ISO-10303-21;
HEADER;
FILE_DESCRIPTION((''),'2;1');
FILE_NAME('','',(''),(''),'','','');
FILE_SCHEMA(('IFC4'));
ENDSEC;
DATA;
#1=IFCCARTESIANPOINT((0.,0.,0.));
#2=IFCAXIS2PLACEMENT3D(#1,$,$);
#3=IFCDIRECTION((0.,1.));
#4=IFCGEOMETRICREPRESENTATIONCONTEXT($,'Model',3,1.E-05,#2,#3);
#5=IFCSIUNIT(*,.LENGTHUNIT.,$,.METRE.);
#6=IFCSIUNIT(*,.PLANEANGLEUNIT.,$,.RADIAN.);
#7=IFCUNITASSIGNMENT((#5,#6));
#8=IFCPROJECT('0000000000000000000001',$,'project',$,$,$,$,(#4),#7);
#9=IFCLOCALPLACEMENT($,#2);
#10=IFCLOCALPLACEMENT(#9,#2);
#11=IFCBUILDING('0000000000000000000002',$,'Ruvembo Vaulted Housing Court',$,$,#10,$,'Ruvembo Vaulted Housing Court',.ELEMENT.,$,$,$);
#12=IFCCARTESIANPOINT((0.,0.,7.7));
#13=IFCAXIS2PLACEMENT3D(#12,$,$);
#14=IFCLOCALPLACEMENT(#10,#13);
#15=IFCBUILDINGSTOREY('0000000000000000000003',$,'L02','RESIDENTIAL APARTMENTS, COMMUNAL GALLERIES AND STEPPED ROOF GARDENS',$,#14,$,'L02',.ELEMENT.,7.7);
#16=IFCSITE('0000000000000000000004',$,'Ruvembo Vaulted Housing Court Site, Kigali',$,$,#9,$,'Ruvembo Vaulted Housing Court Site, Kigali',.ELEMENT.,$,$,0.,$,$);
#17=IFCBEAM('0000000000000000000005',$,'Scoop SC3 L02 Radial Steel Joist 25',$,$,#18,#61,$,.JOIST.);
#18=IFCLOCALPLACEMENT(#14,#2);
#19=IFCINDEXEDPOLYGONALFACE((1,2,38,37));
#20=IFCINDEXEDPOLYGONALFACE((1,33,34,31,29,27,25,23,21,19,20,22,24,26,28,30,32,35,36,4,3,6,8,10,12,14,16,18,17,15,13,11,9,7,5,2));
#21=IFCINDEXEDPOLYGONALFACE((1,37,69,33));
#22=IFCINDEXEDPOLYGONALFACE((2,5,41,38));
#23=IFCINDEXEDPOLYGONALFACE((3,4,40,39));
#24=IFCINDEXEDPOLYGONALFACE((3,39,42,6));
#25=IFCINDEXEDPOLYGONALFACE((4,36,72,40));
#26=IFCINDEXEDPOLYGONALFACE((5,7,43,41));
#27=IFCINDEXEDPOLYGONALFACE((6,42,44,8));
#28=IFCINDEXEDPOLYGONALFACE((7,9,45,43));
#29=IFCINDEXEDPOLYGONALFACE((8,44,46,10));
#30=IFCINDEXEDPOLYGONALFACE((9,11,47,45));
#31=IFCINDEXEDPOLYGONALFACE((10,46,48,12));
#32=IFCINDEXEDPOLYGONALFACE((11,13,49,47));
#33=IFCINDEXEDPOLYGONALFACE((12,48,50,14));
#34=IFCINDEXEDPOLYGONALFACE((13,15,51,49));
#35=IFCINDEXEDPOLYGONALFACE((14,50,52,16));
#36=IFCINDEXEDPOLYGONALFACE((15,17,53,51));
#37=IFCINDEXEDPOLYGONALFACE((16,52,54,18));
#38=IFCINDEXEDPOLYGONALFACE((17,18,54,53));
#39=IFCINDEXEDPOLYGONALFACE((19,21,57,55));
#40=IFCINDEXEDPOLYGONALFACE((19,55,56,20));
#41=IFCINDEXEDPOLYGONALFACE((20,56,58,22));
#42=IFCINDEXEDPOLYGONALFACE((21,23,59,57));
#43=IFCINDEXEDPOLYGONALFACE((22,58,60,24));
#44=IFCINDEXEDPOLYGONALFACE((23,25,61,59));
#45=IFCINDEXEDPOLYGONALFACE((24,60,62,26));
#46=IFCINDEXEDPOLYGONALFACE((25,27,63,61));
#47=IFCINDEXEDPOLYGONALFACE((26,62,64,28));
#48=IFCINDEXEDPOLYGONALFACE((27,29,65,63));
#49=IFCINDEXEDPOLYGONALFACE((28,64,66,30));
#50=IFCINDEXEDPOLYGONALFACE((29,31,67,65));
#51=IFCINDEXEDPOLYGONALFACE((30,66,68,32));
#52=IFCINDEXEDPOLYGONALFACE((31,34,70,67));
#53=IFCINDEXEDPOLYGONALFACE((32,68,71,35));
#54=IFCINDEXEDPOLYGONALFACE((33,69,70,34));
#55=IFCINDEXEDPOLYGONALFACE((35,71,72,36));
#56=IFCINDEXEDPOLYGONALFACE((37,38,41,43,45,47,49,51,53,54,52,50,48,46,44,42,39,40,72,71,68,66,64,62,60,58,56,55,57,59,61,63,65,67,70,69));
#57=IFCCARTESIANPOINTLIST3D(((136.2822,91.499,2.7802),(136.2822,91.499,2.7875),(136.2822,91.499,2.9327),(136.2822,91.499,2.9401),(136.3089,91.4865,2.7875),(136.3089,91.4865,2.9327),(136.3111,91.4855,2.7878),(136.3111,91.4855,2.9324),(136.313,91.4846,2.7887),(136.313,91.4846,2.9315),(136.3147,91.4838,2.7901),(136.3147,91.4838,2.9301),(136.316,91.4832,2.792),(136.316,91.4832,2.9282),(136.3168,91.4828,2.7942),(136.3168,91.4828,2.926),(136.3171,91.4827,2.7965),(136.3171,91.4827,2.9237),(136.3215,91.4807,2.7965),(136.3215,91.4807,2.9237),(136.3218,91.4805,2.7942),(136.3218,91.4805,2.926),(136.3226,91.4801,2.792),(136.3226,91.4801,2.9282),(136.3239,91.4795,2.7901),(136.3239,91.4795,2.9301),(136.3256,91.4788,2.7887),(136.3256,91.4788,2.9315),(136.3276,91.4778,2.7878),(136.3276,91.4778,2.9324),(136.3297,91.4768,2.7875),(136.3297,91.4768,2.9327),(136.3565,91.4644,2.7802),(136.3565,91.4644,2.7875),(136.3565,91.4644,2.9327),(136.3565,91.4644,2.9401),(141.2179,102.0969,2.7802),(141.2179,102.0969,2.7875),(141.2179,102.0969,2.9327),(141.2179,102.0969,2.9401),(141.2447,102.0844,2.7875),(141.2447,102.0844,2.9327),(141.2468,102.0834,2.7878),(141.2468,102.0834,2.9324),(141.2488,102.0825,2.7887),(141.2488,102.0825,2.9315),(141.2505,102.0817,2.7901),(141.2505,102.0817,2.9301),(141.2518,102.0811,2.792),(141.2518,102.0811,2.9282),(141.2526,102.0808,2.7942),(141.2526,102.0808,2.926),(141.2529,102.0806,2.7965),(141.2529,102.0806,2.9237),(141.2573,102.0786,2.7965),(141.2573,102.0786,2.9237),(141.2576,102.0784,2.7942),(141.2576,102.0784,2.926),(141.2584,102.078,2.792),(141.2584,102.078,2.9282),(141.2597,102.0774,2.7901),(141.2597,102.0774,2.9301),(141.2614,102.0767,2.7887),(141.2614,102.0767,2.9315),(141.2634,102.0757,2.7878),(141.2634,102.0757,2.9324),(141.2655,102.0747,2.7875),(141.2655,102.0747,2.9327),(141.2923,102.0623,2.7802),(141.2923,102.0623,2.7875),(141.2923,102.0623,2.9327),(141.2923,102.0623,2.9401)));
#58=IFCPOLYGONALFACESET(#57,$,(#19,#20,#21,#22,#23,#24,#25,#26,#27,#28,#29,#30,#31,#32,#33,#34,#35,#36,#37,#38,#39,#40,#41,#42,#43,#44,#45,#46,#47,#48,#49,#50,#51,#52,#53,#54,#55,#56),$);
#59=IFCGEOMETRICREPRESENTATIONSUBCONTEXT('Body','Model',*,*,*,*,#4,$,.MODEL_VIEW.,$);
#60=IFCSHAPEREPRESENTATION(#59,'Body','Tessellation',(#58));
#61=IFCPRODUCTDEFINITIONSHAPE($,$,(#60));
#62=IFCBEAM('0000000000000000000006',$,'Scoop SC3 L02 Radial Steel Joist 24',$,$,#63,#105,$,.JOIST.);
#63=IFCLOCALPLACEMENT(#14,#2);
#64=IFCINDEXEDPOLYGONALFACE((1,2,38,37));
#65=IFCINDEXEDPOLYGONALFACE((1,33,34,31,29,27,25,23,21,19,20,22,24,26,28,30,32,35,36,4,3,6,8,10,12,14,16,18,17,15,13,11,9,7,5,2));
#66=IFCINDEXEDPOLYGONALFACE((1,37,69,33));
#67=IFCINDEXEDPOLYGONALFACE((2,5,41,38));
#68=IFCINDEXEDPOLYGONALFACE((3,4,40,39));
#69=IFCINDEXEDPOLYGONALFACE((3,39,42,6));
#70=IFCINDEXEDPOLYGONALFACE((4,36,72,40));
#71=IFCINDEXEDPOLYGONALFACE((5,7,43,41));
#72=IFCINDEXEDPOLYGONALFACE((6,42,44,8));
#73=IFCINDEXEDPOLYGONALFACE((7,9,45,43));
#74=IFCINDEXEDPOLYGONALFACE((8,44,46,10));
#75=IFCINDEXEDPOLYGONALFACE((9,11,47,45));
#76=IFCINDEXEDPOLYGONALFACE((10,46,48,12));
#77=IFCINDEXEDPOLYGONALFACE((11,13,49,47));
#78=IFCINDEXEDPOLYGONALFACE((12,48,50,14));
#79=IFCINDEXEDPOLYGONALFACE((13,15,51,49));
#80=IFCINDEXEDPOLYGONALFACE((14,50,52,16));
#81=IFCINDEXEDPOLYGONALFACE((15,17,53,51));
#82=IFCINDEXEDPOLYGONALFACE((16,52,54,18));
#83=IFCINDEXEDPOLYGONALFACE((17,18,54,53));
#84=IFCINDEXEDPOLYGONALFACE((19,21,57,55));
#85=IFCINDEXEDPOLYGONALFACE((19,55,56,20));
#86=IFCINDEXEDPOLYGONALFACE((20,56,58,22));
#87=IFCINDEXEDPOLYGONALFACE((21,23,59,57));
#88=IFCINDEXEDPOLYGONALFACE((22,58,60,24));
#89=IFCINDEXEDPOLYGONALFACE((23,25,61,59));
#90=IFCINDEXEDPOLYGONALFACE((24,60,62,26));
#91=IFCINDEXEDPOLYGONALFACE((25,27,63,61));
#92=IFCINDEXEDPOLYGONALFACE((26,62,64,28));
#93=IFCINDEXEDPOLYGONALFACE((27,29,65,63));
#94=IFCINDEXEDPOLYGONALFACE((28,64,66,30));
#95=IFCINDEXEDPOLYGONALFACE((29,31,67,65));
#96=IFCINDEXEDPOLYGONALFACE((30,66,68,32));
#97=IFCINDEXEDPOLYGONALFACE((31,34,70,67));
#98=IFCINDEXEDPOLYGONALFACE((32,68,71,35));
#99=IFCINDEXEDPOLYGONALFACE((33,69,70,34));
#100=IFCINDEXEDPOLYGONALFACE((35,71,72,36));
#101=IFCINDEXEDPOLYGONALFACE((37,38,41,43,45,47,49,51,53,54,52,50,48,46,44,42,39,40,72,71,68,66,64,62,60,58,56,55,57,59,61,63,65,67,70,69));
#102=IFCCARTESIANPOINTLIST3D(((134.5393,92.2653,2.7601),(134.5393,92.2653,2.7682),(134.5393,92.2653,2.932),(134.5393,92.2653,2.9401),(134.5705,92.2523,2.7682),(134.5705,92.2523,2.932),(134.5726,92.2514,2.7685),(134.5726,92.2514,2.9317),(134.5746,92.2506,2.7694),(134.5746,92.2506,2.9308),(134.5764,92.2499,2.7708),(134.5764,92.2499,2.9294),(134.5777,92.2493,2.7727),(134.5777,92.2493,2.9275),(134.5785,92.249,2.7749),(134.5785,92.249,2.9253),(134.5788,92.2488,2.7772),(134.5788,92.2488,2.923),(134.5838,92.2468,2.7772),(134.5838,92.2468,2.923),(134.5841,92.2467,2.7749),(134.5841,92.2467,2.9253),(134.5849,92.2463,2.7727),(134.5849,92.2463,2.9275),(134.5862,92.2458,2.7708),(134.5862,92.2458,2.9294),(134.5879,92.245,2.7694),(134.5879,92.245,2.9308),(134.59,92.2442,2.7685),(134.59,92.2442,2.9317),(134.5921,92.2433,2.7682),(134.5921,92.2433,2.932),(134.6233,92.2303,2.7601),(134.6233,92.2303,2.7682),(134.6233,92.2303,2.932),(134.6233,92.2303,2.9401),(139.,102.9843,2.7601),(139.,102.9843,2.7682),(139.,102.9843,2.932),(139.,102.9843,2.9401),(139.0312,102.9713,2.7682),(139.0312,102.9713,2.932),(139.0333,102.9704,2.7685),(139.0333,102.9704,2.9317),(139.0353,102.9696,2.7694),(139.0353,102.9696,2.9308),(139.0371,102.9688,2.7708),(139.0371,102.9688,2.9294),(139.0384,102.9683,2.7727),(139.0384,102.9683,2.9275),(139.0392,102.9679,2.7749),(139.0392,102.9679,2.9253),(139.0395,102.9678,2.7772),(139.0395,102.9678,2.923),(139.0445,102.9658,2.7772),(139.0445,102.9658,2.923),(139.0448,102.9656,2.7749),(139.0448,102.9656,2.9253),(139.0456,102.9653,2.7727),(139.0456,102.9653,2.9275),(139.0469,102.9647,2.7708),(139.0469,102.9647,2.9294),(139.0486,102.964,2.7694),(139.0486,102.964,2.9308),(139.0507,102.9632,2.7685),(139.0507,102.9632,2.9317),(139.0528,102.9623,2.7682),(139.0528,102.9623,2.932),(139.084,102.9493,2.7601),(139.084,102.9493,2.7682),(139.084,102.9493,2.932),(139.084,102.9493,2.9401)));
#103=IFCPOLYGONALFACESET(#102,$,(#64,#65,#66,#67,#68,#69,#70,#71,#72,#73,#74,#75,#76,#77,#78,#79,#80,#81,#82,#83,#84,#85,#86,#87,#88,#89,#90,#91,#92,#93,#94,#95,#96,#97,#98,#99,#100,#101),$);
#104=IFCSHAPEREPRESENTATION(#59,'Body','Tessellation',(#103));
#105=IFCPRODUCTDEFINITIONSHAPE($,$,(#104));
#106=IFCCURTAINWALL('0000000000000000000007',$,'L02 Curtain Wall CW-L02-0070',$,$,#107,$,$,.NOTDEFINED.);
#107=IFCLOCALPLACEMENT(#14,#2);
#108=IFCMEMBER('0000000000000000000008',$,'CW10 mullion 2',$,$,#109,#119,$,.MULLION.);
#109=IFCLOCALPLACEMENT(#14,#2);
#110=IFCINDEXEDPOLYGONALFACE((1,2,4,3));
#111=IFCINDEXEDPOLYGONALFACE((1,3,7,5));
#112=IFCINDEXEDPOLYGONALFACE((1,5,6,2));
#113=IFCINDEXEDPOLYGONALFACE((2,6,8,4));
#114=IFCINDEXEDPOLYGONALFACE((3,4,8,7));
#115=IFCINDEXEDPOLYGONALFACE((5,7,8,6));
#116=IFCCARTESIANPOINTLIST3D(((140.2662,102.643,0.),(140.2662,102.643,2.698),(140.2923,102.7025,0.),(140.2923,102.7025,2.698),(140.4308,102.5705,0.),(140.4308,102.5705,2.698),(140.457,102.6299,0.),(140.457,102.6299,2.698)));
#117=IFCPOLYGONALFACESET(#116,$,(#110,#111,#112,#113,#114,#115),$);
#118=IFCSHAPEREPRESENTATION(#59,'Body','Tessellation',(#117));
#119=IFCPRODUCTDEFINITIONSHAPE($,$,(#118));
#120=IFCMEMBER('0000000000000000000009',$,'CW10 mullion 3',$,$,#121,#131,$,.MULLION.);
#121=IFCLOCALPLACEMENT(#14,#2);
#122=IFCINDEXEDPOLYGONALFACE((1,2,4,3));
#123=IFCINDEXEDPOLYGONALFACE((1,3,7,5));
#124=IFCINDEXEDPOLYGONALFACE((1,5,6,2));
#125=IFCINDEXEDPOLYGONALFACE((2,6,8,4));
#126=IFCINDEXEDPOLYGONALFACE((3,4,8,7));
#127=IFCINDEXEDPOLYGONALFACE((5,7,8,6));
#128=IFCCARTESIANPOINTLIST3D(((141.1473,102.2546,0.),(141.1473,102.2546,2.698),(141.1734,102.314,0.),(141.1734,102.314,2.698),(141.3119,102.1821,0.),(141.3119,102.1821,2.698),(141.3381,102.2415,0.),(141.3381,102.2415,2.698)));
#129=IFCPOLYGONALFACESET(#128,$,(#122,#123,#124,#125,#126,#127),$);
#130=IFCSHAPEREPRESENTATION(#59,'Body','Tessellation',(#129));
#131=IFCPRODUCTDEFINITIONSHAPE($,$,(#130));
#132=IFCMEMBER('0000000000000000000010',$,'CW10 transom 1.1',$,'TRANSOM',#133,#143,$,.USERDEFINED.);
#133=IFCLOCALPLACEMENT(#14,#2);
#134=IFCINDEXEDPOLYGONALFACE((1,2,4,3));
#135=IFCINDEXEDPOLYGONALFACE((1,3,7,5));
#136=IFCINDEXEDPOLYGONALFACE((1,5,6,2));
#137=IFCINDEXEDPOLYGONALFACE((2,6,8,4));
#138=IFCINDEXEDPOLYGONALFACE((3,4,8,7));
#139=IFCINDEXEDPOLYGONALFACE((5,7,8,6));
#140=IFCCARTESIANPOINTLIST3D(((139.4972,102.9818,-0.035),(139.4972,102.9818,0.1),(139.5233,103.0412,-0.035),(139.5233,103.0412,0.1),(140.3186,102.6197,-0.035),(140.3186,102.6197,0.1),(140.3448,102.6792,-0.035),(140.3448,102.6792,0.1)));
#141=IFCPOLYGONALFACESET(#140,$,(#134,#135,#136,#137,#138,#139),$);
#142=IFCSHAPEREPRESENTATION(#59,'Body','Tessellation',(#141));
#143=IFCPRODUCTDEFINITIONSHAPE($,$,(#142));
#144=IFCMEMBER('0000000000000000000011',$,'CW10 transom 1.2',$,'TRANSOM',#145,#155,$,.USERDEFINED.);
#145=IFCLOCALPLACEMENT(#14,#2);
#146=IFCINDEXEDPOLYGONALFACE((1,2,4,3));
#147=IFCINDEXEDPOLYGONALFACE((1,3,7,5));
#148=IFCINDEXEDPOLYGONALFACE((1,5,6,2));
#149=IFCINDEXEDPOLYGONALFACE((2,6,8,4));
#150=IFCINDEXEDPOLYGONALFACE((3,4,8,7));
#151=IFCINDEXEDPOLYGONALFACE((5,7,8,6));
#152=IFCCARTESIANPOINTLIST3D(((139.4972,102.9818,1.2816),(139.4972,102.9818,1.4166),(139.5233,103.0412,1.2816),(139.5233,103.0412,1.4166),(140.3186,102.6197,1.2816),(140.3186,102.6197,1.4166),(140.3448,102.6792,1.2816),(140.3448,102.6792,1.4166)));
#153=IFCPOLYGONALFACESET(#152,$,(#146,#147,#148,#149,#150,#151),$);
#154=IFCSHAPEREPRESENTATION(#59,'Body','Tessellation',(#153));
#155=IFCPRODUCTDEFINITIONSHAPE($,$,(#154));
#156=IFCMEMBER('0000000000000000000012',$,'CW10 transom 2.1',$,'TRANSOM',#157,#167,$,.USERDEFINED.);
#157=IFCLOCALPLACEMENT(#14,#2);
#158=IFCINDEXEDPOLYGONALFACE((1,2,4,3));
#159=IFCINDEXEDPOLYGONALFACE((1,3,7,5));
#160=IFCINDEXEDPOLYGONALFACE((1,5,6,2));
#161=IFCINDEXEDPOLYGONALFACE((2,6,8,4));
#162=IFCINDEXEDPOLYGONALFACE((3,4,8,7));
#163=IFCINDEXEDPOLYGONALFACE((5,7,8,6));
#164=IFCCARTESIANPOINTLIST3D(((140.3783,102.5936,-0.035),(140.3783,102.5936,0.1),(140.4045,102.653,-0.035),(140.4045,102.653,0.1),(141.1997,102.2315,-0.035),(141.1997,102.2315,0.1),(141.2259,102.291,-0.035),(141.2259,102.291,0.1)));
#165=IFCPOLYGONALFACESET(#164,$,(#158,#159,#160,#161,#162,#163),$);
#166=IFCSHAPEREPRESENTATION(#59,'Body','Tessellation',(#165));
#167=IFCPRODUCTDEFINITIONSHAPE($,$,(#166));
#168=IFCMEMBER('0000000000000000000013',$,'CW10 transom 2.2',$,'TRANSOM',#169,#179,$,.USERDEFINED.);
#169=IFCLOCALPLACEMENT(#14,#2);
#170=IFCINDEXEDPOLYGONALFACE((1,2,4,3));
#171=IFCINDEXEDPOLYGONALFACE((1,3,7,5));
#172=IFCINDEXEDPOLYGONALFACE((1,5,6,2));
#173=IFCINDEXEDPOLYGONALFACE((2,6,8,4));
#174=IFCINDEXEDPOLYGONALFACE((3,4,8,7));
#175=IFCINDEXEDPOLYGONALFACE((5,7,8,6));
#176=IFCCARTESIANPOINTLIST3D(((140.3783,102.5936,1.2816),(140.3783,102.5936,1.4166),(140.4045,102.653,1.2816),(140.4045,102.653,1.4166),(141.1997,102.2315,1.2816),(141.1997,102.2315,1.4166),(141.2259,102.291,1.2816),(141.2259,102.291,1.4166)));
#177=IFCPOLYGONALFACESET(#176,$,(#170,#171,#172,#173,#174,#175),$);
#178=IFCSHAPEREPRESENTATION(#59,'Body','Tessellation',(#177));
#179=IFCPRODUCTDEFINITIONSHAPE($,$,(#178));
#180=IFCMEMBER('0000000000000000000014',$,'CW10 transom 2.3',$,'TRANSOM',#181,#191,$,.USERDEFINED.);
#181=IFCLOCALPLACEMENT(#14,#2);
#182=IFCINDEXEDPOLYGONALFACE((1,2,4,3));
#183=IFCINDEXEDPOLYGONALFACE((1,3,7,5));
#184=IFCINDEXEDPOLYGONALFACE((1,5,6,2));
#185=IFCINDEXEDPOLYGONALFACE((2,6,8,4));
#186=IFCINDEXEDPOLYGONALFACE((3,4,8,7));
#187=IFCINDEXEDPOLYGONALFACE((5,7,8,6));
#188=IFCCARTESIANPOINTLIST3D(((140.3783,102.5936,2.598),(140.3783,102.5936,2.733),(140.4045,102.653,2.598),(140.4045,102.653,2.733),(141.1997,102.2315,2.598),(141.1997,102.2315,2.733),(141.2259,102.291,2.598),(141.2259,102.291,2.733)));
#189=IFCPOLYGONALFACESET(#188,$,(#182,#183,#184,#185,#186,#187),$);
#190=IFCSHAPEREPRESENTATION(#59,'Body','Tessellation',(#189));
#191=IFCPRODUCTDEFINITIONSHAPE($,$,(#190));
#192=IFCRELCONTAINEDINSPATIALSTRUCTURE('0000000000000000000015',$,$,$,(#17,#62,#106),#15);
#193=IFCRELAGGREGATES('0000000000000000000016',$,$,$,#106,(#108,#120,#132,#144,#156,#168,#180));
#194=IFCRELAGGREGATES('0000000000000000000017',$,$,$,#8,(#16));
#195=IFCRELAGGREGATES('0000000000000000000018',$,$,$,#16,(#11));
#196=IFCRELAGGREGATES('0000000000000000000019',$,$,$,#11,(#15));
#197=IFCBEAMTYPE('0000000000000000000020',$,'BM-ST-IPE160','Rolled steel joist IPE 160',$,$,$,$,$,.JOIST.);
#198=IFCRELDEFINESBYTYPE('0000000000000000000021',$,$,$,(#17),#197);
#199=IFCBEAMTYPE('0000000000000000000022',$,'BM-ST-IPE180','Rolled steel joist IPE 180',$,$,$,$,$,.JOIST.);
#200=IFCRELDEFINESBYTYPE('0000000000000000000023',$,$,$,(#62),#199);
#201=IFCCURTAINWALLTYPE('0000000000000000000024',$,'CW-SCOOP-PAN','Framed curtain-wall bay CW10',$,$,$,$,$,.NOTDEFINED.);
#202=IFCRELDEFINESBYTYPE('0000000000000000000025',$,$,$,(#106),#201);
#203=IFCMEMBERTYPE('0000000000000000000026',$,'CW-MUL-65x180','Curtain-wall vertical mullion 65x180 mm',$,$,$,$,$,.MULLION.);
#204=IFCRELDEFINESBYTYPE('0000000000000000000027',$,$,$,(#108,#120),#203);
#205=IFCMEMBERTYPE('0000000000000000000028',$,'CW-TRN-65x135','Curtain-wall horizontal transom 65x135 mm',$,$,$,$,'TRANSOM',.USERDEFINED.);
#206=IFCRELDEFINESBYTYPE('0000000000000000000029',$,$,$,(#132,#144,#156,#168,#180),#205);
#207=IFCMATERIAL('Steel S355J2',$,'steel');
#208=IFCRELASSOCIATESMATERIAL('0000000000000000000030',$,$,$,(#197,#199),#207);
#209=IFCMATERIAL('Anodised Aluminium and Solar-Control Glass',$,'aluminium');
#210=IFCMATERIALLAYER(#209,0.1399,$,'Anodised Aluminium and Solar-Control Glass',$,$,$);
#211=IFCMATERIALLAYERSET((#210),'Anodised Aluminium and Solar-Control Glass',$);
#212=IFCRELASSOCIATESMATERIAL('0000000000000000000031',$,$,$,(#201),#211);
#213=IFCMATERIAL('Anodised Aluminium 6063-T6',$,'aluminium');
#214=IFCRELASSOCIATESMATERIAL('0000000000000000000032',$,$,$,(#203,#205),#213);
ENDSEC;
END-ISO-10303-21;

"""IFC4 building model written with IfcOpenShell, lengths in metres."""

from ifc_helpers import new_model, si_unit, direction, frame, origin, origin_2d, place, context, subcontext, project, spatial, rectangle, i_section, extrude, material, layer, layer_set, material_profile, profile_set, type_object, element, aggregate, save


model = new_model("IFC4")

# Units and contexts
model_context = context("Model", 3, precision=1e-05, world=origin(), true_north=direction((0.0, 1.0)))
body_context = subcontext(model_context, "Body", "Model", "MODEL_VIEW")
ifc_project = project(units=[si_unit("LENGTHUNIT", "METRE"), si_unit("PLANEANGLEUNIT", "RADIAN")], contexts=[model_context])

# Site, building, storey
site_placement = place(None, origin())
site = spatial("IfcSite", under=ifc_project, at=site_placement, Name="Ruvembo Vaulted Housing Court Site, Kigali", LongName="Ruvembo Vaulted Housing Court Site, Kigali", CompositionType="ELEMENT", RefElevation=0.0)
building_placement = place(site_placement, origin())
building = spatial("IfcBuilding", under=site, at=building_placement, Name="Ruvembo Vaulted Housing Court", LongName="Ruvembo Vaulted Housing Court", CompositionType="ELEMENT")
storey_placement = place(building_placement, frame((0.0, 0.0, 7.7)))
storey = spatial("IfcBuildingStorey", under=building, at=storey_placement, Name="L02", Description="RESIDENTIAL APARTMENTS, COMMUNAL GALLERIES AND STEPPED ROOF GARDENS", LongName="L02", CompositionType="ELEMENT", Elevation=7.7)

# Beams
ifc_material_1 = material(Name="Steel S355J2", Category="steel")
ifc_material_profile_1 = material_profile(ifc_material_1, i_section(OverallWidth=0.082, OverallDepth=0.1599, WebThickness=0.0049, FlangeThickness=0.0073, FilletRadius=0.009, at=origin_2d()), Name="IPE 160")
ifc_profile_set_1 = profile_set([ifc_material_profile_1], Name="Steel S355J2")
beam_type_1 = type_object("IfcBeamType", Name="BM-ST-IPE160", Description="Rolled steel joist IPE 160", PredefinedType="JOIST", material=ifc_profile_set_1)
beam_1_placement = place(storey_placement, frame((141.2551, 102.0796, 2.8601), z_axis=(-0.42219, -0.906507, 0.0), x_axis=(0.906507, -0.42219, 0.0)))
element("IfcBeam", 1, at=beam_1_placement, inside=storey, type_object=beam_type_1, Name="Scoop SC3 L02 Radial Steel Joist 25", PredefinedType="JOIST", context=body_context, shape_type="SweptSolid", body=[
    extrude(i_section(OverallWidth=0.082, OverallDepth=0.1599, WebThickness=0.0049, FlangeThickness=0.0073, FilletRadius=0.009, at=origin_2d()), origin(), (0.0, 0.0, 1.0), 11.6909),
])
ifc_material_profile_2 = material_profile(ifc_material_1, i_section(OverallWidth=0.0911, OverallDepth=0.1799, WebThickness=0.0054, FlangeThickness=0.0081, FilletRadius=0.009, at=origin_2d()), Name="IPE 180")
ifc_profile_set_2 = profile_set([ifc_material_profile_2], Name="Steel S355J2")
beam_type_2 = type_object("IfcBeamType", Name="BM-ST-IPE180", Description="Rolled steel joist IPE 180", PredefinedType="JOIST", material=ifc_profile_set_2)
beam_2_placement = place(storey_placement, frame((139.042, 102.9668, 2.8501), z_axis=(-0.384208, -0.923247, 0.0), x_axis=(0.923247, -0.384208, 0.0)))
element("IfcBeam", 2, at=beam_2_placement, inside=storey, type_object=beam_type_2, Name="Scoop SC3 L02 Radial Steel Joist 24", PredefinedType="JOIST", context=body_context, shape_type="SweptSolid", body=[
    extrude(i_section(OverallWidth=0.0911, OverallDepth=0.1799, WebThickness=0.0054, FlangeThickness=0.0081, FilletRadius=0.009, at=origin_2d()), origin(), (0.0, 0.0, 1.0), 11.6101),
])

# Curtain wall, members
ifc_material_2 = material(Name="Anodised Aluminium and Solar-Control Glass", Category="aluminium")
ifc_layer_1 = layer(ifc_material_2, 0.1399, Name="Anodised Aluminium and Solar-Control Glass")
ifc_layer_set_1 = layer_set([ifc_layer_1], Name="Anodised Aluminium and Solar-Control Glass")
curtain_wall_type = type_object("IfcCurtainWallType", Name="CW-SCOOP-PAN", Description="Framed curtain-wall bay CW10", PredefinedType="NOTDEFINED", material=ifc_layer_set_1)
curtain_wall_placement = place(storey_placement, origin())
curtain_wall = element("IfcCurtainWall", 3, at=curtain_wall_placement, inside=storey, type_object=curtain_wall_type, Name="L02 Curtain Wall CW-L02-0070", PredefinedType="NOTDEFINED")
ifc_material_3 = material(Name="Anodised Aluminium 6063-T6", Category="aluminium")
ifc_material_profile_3 = material_profile(ifc_material_3, rectangle(XDim=0.0649, YDim=0.1799, at=origin_2d()), Name="ALU 65x180")
ifc_profile_set_3 = profile_set([ifc_material_profile_3], Name="Anodised Aluminium 6063-T6")
member_type_1 = type_object("IfcMemberType", Name="CW-MUL-65x180", Description="Curtain-wall vertical mullion 65x180 mm", PredefinedType="MULLION", material=ifc_profile_set_3)
member_1_placement = place(storey_placement, frame((140.3616, 102.6365, 0.0), z_axis=(0.0, 0.0, 1.0), x_axis=(0.403265, 0.915083, 0.0)))
member_1 = element("IfcMember", 4, at=member_1_placement, type_object=member_type_1, Name="CW10 mullion 2", PredefinedType="MULLION", context=body_context, shape_type="SweptSolid", body=[
    extrude(rectangle(XDim=0.0649, YDim=0.1799, at=origin_2d()), origin(), (0.0, 0.0, 1.0), 2.698),
])
member_2_placement = place(storey_placement, frame((141.2427, 102.248, 0.0), z_axis=(0.0, 0.0, 1.0), x_axis=(0.403265, 0.915083, 0.0)))
member_2 = element("IfcMember", 5, at=member_2_placement, type_object=member_type_1, Name="CW10 mullion 3", PredefinedType="MULLION", context=body_context, shape_type="SweptSolid", body=[
    extrude(rectangle(XDim=0.0649, YDim=0.1799, at=origin_2d()), origin(), (0.0, 0.0, 1.0), 2.698),
])
ifc_material_profile_4 = material_profile(ifc_material_3, rectangle(XDim=0.0649, YDim=0.135, at=origin_2d()), Name="ALU 65x135")
ifc_profile_set_4 = profile_set([ifc_material_profile_4], Name="Anodised Aluminium 6063-T6")
member_type_2 = type_object("IfcMemberType", Name="CW-TRN-65x135", Description="Curtain-wall horizontal transom 65x135 mm", ElementType="TRANSOM", PredefinedType="USERDEFINED", material=ifc_profile_set_4)
member_3_placement = place(storey_placement, frame((139.5103, 103.0115, 0.0325), z_axis=(0.915074, -0.403285, 0.0), x_axis=(0.403285, 0.915074, 0.0)))
member_3 = element("IfcMember", 6, at=member_3_placement, type_object=member_type_2, Name="CW10 transom 1.1", ObjectType="TRANSOM", PredefinedType="USERDEFINED", context=body_context, shape_type="SweptSolid", body=[
    extrude(rectangle(XDim=0.0649, YDim=0.135, at=origin_2d()), origin(), (0.0, 0.0, 1.0), 0.8977),
])
member_4_placement = place(storey_placement, frame((139.5103, 103.0115, 1.3491), z_axis=(0.915074, -0.403285, 0.0), x_axis=(0.403285, 0.915074, 0.0)))
member_4 = element("IfcMember", 7, at=member_4_placement, type_object=member_type_2, Name="CW10 transom 1.2", ObjectType="TRANSOM", PredefinedType="USERDEFINED", context=body_context, shape_type="SweptSolid", body=[
    extrude(rectangle(XDim=0.0649, YDim=0.135, at=origin_2d()), origin(), (0.0, 0.0, 1.0), 0.8977),
])
member_5_placement = place(storey_placement, frame((140.3914, 102.6233, 0.0325), z_axis=(0.915074, -0.403285, 0.0), x_axis=(0.403285, 0.915074, 0.0)))
member_5 = element("IfcMember", 8, at=member_5_placement, type_object=member_type_2, Name="CW10 transom 2.1", ObjectType="TRANSOM", PredefinedType="USERDEFINED", context=body_context, shape_type="SweptSolid", body=[
    extrude(rectangle(XDim=0.0649, YDim=0.135, at=origin_2d()), origin(), (0.0, 0.0, 1.0), 0.8977),
])
member_6_placement = place(storey_placement, frame((140.3914, 102.6233, 1.3491), z_axis=(0.915074, -0.403285, 0.0), x_axis=(0.403285, 0.915074, 0.0)))
member_6 = element("IfcMember", 9, at=member_6_placement, type_object=member_type_2, Name="CW10 transom 2.2", ObjectType="TRANSOM", PredefinedType="USERDEFINED", context=body_context, shape_type="SweptSolid", body=[
    extrude(rectangle(XDim=0.0649, YDim=0.135, at=origin_2d()), origin(), (0.0, 0.0, 1.0), 0.8977),
])
member_7_placement = place(storey_placement, frame((140.3914, 102.6233, 2.6655), z_axis=(0.915074, -0.403285, 0.0), x_axis=(0.403285, 0.915074, 0.0)))
member_7 = element("IfcMember", 10, at=member_7_placement, type_object=member_type_2, Name="CW10 transom 2.3", ObjectType="TRANSOM", PredefinedType="USERDEFINED", context=body_context, shape_type="SweptSolid", body=[
    extrude(rectangle(XDim=0.0649, YDim=0.135, at=origin_2d()), origin(), (0.0, 0.0, 1.0), 0.8977),
])
aggregate(curtain_wall, [member_1, member_2, member_3, member_4, member_5, member_6, member_7])

save(model, "model.ifc")
